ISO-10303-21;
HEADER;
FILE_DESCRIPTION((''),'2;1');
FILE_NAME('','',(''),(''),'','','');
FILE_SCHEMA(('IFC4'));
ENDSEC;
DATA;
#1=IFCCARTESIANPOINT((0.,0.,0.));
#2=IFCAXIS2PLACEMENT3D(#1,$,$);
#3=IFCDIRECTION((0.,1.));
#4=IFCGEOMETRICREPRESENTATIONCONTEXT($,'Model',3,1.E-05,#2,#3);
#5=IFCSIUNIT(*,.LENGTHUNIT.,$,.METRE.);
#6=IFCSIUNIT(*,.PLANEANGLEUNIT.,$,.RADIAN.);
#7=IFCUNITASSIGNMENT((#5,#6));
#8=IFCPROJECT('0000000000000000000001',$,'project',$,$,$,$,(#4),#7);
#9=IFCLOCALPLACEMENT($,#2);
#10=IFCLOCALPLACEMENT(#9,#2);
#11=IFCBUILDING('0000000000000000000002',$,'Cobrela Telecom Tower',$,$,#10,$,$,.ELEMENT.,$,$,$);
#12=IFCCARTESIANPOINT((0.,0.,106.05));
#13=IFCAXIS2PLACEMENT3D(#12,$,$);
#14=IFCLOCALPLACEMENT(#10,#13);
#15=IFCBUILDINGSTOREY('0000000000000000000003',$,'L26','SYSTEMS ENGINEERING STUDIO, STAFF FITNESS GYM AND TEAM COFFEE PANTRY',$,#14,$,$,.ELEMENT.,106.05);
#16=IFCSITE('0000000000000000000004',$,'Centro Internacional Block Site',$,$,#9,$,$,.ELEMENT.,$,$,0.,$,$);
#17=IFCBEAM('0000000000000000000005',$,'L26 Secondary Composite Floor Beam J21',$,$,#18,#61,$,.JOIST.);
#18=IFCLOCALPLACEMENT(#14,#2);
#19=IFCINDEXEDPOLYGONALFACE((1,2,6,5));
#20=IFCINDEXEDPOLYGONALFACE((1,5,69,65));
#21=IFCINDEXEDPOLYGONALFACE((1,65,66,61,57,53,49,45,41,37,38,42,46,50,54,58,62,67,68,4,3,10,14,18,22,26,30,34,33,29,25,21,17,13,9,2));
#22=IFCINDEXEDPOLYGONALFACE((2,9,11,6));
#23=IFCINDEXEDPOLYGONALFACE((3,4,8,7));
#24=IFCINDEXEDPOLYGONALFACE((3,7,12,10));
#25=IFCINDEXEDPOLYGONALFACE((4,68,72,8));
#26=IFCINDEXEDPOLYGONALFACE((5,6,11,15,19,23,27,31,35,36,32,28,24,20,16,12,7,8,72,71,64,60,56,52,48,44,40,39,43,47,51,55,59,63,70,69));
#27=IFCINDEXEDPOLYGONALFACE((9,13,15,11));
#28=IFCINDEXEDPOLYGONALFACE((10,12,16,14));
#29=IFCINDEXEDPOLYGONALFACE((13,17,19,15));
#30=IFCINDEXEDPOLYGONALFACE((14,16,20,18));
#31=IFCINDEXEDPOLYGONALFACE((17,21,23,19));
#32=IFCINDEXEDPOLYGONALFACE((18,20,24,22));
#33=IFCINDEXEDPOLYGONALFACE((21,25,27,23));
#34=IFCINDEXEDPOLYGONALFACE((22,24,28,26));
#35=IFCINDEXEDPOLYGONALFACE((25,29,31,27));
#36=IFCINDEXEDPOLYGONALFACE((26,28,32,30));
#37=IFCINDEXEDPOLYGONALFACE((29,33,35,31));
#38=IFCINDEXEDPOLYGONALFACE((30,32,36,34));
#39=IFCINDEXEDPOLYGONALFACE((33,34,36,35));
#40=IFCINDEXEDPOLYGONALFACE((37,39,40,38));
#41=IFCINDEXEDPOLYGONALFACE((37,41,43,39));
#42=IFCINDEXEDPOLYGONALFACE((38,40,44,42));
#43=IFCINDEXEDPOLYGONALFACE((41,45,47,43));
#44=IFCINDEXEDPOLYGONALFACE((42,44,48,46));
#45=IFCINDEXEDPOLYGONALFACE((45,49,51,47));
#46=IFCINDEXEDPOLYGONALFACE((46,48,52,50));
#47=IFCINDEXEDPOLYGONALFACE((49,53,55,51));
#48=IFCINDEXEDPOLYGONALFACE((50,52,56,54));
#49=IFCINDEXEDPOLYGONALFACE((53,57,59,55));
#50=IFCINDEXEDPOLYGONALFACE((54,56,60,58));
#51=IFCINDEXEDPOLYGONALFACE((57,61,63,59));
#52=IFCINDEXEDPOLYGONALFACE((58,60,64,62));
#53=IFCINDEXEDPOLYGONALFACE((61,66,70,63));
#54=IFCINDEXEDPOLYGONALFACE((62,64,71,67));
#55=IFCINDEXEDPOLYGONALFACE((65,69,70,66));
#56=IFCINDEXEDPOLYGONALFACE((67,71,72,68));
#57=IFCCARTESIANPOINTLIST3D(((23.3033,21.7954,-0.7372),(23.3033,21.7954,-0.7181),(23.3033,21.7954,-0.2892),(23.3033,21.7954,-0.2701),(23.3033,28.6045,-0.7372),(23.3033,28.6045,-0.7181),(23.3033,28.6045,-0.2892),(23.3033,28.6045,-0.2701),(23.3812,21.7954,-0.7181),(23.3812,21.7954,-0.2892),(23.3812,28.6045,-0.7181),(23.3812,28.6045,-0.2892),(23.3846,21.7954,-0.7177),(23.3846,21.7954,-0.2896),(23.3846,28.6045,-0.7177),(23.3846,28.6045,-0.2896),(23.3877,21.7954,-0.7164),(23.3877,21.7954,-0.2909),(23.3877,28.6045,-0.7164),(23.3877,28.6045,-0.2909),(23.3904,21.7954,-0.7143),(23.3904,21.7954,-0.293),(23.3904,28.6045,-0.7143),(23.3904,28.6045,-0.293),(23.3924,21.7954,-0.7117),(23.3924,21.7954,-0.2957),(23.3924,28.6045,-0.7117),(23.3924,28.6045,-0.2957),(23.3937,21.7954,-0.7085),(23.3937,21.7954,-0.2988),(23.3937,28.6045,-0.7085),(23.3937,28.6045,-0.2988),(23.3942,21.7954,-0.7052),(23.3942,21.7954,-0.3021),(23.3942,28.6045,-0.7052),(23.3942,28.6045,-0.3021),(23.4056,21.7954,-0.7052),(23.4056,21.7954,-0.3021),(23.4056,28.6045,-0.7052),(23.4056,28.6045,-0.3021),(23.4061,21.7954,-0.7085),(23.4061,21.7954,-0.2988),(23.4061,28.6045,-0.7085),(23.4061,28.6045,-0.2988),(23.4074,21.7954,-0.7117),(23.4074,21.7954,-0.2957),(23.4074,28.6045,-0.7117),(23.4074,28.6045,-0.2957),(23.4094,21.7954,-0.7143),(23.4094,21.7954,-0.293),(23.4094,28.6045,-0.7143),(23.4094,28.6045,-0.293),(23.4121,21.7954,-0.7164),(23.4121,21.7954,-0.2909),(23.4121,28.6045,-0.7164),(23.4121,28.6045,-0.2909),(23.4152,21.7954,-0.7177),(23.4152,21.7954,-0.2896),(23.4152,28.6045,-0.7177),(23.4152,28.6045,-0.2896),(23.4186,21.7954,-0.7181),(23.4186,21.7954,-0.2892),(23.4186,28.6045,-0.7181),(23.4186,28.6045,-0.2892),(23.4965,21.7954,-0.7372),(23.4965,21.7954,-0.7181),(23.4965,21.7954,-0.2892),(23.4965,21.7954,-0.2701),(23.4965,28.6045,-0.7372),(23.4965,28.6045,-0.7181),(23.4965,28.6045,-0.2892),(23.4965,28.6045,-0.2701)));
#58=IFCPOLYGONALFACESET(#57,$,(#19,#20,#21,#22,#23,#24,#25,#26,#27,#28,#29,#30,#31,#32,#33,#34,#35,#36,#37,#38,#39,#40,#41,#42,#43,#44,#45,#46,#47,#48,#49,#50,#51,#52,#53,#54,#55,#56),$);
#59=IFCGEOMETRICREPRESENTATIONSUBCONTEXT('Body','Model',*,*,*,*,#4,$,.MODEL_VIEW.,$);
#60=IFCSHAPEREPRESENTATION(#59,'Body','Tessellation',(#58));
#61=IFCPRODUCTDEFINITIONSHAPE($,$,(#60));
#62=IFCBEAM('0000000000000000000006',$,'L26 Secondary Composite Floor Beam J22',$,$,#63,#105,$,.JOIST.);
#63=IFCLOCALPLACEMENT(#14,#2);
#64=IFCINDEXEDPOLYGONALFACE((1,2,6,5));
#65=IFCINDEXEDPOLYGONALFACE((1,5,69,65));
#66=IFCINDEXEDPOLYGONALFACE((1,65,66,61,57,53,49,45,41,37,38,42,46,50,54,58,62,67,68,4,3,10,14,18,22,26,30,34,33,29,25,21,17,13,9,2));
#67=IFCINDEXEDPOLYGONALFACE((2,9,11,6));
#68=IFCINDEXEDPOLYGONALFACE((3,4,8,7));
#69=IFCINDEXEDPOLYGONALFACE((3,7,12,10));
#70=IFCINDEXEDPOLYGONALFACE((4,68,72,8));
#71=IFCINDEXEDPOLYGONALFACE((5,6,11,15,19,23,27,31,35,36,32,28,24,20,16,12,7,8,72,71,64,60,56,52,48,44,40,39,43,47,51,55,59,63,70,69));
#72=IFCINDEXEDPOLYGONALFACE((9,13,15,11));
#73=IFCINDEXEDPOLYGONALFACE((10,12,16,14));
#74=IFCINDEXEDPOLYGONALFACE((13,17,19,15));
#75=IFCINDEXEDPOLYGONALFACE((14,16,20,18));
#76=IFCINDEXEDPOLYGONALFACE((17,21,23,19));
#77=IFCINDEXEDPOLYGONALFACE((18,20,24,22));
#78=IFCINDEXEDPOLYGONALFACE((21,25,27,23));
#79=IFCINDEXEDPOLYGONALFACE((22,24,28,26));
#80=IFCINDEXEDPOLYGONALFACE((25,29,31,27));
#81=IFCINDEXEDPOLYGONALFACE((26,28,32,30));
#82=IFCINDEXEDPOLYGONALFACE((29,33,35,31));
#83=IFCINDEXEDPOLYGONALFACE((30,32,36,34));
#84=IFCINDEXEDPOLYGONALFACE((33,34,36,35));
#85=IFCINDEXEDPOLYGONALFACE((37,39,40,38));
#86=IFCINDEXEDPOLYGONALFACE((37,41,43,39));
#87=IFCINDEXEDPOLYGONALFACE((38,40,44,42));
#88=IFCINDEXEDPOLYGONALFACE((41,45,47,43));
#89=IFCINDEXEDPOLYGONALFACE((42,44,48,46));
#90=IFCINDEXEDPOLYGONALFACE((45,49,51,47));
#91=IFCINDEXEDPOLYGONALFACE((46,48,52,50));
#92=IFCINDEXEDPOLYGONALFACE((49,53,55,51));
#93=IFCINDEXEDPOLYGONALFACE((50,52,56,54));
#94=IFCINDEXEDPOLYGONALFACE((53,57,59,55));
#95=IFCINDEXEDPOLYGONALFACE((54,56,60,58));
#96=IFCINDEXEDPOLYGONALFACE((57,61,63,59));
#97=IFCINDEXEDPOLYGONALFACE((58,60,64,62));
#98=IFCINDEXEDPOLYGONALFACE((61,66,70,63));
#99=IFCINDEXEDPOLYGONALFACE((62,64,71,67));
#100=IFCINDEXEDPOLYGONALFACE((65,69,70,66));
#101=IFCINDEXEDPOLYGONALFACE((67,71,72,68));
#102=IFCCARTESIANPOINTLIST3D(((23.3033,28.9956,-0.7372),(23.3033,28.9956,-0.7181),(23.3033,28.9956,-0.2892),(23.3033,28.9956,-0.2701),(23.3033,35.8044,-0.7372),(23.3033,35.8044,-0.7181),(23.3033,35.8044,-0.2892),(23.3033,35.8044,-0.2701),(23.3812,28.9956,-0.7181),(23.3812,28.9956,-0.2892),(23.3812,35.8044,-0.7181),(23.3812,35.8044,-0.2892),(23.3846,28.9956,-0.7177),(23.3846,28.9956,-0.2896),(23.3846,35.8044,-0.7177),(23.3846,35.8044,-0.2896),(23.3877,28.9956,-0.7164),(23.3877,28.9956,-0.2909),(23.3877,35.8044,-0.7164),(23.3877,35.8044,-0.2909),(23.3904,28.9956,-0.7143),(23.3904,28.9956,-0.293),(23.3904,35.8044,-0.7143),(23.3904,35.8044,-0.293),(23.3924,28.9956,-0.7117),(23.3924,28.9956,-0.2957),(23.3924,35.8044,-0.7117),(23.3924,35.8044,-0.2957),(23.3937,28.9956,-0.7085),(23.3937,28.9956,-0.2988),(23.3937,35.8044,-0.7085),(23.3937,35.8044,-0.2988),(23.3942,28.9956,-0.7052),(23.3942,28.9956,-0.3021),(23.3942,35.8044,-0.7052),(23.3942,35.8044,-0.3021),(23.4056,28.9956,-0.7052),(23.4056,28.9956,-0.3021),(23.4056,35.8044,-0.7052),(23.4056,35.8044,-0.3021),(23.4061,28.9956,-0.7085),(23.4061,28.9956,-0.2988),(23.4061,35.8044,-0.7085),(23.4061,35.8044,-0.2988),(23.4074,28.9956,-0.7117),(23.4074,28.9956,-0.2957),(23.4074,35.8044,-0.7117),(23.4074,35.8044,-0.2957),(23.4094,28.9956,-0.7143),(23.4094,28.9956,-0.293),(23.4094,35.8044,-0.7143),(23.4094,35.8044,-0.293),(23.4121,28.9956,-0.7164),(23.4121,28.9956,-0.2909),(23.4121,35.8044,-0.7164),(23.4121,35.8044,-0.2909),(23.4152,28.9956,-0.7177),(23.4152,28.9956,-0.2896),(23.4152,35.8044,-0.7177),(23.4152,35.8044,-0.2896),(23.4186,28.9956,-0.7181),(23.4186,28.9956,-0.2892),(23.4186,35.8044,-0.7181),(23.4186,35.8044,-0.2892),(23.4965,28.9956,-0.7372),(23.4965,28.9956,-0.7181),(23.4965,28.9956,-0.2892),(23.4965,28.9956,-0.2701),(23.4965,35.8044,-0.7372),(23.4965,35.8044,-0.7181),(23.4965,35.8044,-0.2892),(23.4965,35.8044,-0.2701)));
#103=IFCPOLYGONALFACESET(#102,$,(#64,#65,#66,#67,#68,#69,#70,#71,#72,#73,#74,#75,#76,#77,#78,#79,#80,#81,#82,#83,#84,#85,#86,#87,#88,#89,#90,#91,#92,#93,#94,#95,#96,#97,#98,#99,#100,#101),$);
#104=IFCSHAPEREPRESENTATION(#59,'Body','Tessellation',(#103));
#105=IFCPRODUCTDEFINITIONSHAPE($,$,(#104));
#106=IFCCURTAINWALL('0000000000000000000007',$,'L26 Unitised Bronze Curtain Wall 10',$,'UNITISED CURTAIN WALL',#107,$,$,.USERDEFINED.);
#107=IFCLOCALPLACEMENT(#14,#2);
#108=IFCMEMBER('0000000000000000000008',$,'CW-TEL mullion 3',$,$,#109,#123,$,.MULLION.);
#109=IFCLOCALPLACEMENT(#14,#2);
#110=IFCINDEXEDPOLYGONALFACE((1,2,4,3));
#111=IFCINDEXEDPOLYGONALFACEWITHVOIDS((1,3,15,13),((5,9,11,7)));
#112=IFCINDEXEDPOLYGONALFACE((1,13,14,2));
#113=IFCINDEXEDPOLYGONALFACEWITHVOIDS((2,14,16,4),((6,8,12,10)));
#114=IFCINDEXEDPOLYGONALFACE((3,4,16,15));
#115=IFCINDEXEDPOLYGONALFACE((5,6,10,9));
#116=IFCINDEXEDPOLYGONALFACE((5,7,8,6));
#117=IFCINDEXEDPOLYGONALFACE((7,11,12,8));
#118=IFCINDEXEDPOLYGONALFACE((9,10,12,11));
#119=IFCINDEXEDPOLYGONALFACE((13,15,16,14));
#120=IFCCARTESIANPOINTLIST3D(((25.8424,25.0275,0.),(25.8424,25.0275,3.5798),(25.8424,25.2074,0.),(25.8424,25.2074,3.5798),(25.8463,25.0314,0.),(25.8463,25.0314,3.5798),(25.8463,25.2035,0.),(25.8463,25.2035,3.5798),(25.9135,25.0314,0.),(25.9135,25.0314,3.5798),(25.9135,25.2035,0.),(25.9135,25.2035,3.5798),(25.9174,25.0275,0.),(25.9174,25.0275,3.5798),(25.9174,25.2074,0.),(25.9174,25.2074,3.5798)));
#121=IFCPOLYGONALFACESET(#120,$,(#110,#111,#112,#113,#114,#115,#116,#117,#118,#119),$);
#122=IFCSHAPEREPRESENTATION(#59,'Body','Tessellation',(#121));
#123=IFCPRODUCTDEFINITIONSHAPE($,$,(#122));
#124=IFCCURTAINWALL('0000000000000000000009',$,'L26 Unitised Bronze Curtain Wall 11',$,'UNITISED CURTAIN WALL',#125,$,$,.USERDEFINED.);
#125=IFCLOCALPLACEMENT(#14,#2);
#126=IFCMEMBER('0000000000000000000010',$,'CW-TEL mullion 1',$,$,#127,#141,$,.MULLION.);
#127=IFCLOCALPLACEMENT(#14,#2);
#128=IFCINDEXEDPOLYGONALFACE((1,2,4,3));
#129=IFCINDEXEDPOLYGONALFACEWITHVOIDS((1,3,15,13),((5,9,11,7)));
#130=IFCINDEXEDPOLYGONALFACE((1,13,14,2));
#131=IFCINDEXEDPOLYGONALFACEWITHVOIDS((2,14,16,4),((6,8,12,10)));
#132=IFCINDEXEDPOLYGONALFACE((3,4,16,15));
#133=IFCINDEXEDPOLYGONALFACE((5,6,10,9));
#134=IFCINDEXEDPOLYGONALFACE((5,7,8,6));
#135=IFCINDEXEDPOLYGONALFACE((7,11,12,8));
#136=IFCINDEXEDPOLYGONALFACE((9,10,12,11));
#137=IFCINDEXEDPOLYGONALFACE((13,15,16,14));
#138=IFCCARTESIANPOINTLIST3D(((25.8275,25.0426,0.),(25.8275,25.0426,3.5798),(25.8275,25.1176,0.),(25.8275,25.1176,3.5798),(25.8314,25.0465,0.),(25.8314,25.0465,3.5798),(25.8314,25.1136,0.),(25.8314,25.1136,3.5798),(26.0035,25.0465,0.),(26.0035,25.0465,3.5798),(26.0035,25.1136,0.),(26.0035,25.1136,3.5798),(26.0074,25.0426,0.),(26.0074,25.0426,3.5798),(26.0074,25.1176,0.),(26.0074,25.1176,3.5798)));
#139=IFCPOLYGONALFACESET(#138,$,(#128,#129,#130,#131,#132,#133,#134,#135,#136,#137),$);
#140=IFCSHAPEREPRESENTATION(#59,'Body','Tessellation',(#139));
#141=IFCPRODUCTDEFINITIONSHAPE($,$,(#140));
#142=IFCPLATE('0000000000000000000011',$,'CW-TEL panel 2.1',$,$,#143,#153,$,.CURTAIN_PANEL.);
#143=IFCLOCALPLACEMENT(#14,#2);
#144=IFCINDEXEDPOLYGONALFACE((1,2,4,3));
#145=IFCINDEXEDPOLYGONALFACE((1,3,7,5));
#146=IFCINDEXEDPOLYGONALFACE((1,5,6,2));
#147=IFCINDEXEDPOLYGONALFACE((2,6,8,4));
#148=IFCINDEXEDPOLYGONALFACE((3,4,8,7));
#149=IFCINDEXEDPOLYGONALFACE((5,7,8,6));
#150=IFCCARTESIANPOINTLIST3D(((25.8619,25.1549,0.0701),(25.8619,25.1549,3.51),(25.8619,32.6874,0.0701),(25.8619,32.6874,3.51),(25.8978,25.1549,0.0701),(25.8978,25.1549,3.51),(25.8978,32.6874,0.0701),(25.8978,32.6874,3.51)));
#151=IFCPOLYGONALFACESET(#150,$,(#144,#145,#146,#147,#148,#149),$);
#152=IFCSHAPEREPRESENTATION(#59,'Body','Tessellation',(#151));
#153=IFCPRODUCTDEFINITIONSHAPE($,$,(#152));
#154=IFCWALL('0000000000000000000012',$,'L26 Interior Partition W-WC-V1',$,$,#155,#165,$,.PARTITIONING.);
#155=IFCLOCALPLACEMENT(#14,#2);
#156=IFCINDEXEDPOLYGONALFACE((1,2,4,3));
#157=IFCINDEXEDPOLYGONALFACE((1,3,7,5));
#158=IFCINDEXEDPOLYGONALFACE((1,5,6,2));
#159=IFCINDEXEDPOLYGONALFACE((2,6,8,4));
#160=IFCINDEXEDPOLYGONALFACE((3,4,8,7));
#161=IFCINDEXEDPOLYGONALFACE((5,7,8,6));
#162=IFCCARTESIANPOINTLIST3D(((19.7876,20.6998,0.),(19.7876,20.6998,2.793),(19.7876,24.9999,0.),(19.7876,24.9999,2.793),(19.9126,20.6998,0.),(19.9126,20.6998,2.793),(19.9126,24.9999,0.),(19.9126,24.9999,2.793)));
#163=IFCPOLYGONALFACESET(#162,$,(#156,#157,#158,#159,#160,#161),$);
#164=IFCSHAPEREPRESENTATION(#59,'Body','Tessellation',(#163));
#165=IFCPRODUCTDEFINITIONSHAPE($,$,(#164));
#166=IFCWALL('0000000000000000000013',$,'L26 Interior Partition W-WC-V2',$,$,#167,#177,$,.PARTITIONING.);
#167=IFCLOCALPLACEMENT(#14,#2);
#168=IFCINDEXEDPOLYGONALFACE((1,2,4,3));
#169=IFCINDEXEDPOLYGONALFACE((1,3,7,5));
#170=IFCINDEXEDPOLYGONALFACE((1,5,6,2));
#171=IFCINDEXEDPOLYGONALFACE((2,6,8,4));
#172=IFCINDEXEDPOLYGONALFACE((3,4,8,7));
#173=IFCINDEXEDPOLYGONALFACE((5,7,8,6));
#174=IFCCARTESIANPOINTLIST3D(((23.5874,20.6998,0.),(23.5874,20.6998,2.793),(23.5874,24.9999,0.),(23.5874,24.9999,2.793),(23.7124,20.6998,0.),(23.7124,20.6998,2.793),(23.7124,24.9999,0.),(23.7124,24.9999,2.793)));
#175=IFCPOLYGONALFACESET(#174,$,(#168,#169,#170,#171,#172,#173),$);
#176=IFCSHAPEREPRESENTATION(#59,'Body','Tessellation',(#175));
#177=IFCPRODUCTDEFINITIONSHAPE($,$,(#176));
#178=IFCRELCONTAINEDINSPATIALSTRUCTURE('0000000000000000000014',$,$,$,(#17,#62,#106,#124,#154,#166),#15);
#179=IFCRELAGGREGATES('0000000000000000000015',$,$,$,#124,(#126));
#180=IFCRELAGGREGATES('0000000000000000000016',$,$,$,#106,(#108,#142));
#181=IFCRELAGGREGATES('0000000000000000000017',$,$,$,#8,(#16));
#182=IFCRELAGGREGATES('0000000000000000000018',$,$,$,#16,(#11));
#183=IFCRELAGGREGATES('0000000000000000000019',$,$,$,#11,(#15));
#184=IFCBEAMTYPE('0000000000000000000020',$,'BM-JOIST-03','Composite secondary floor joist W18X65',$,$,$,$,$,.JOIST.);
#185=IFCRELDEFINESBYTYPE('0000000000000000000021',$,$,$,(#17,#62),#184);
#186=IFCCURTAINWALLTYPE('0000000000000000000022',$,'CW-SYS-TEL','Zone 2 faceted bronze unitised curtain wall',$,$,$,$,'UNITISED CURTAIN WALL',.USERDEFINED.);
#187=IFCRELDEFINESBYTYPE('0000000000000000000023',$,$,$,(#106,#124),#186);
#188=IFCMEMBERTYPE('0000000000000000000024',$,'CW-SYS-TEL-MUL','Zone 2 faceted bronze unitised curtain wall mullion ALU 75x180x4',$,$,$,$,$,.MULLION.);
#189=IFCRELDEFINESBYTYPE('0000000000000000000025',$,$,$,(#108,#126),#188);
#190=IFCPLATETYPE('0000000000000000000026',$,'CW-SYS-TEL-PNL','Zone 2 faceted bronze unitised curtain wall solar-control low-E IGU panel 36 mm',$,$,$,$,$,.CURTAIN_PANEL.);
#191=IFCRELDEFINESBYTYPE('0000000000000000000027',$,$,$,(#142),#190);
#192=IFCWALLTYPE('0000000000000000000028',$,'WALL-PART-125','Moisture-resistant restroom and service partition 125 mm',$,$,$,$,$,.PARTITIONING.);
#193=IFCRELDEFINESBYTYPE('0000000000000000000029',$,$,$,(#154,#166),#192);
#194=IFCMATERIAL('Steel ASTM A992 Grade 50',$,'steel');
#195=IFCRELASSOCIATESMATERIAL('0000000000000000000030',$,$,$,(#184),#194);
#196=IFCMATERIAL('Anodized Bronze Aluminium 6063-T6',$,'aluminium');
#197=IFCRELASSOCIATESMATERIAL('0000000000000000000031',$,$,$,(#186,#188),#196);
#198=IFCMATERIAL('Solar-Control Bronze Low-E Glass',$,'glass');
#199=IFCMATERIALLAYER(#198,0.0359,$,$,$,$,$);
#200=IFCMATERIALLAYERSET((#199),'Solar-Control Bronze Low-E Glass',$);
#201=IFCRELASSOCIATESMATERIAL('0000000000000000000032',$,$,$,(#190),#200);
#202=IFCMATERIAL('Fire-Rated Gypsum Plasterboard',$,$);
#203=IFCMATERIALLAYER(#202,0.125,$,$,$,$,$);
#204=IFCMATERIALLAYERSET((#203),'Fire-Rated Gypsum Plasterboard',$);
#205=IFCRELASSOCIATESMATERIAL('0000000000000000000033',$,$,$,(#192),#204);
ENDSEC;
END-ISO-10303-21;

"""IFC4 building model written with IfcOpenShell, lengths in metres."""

from ifc_helpers import new_model, si_unit, direction, frame, frame_2d, origin, origin_2d, place, context, subcontext, project, spatial, rectangle, hollow_rectangle, i_section, extrude, material, layer, layer_set, material_profile, profile_set, type_object, element, aggregate, save


model = new_model("IFC4")

# Units and contexts
model_context = context("Model", 3, precision=1e-05, world=origin(), true_north=direction((0.0, 1.0)))
body_context = subcontext(model_context, "Body", "Model", "MODEL_VIEW")
ifc_project = project(units=[si_unit("LENGTHUNIT", "METRE"), si_unit("PLANEANGLEUNIT", "RADIAN")], contexts=[model_context])

# Site, building, storey
site_placement = place(None, origin())
site = spatial("IfcSite", under=ifc_project, at=site_placement, Name="Centro Internacional Block Site", CompositionType="ELEMENT", RefElevation=0.0)
building_placement = place(site_placement, origin())
building = spatial("IfcBuilding", under=site, at=building_placement, Name="Cobrela Telecom Tower", CompositionType="ELEMENT")
storey_placement = place(building_placement, frame((0.0, 0.0, 106.05)))
storey = spatial("IfcBuildingStorey", under=building, at=storey_placement, Name="L26", Description="SYSTEMS ENGINEERING STUDIO, STAFF FITNESS GYM AND TEAM COFFEE PANTRY", CompositionType="ELEMENT", Elevation=106.05)

# Shared definitions
ifc_material_1 = material(Name="Steel ASTM A992 Grade 50", Category="steel")

# Beams
ifc_material_profile_1 = material_profile(ifc_material_1, i_section(OverallWidth=0.1931, OverallDepth=0.467, WebThickness=0.0115, FlangeThickness=0.019, FilletRadius=0.0129, at=origin_2d()), Name="W18X65")
ifc_profile_set_1 = profile_set([ifc_material_profile_1], Name="Steel ASTM A992 Grade 50")
beam_type_1 = type_object("IfcBeamType", Name="BM-JOIST-03", Description="Composite secondary floor joist W18X65", PredefinedType="JOIST", material=ifc_profile_set_1)
beam_1_placement = place(storey_placement, frame((23.3999, 21.7954, -0.5037), z_axis=(0.0, 1.0, 0.0), x_axis=(-1.0, 0.0, 0.0)))
element("IfcBeam", 1, at=beam_1_placement, inside=storey, type_object=beam_type_1, Name="L26 Secondary Composite Floor Beam J21", PredefinedType="JOIST", context=body_context, shape_type="SweptSolid", body=[
    extrude(i_section(OverallWidth=0.1931, OverallDepth=0.467, WebThickness=0.0115, FlangeThickness=0.019, FilletRadius=0.0129, at=origin_2d()), origin(), (0.0, 0.0, 1.0), 6.8091),
])
beam_2_placement = place(storey_placement, frame((23.3999, 28.9956, -0.5037), z_axis=(0.0, 1.0, 0.0), x_axis=(-1.0, 0.0, 0.0)))
element("IfcBeam", 2, at=beam_2_placement, inside=storey, type_object=beam_type_1, Name="L26 Secondary Composite Floor Beam J22", PredefinedType="JOIST", context=body_context, shape_type="SweptSolid", body=[
    extrude(i_section(OverallWidth=0.1931, OverallDepth=0.467, WebThickness=0.0115, FlangeThickness=0.019, FilletRadius=0.0129, at=origin_2d()), origin(), (0.0, 0.0, 1.0), 6.8088),
])

# Curtain walls, members
ifc_material_2 = material(Name="Anodized Bronze Aluminium 6063-T6", Category="aluminium")
curtain_wall_type = type_object("IfcCurtainWallType", Name="CW-SYS-TEL", Description="Zone 2 faceted bronze unitised curtain wall", ElementType="UNITISED CURTAIN WALL", PredefinedType="USERDEFINED", material=ifc_material_2)
curtain_wall_1_placement = place(storey_placement, origin())
curtain_wall_1 = element("IfcCurtainWall", 3, at=curtain_wall_1_placement, inside=storey, type_object=curtain_wall_type, Name="L26 Unitised Bronze Curtain Wall 10", ObjectType="UNITISED CURTAIN WALL", PredefinedType="USERDEFINED")
ifc_material_profile_2 = material_profile(ifc_material_2, hollow_rectangle(XDim=0.075, YDim=0.1799, WallThickness=0.0039, at=origin_2d()), Name="ALU 75x180x4")
ifc_profile_set_2 = profile_set([ifc_material_profile_2], Name="Anodized Bronze Aluminium 6063-T6")
member_type = type_object("IfcMemberType", Name="CW-SYS-TEL-MUL", Description="Zone 2 faceted bronze unitised curtain wall mullion ALU 75x180x4", PredefinedType="MULLION", material=ifc_profile_set_2)
member_1_placement = place(storey_placement, frame((25.8799, 25.1174, 0.0), z_axis=(0.0, 0.0, 1.0), x_axis=(1.0, 0.0, 0.0)))
member_1 = element("IfcMember", 4, at=member_1_placement, type_object=member_type, Name="CW-TEL mullion 3", PredefinedType="MULLION", context=body_context, shape_type="SweptSolid", body=[
    extrude(hollow_rectangle(XDim=0.075, YDim=0.1799, WallThickness=0.0039, at=origin_2d()), origin(), (0.0, 0.0, 1.0), 3.5798),
])
curtain_wall_2_placement = place(storey_placement, origin())
curtain_wall_2 = element("IfcCurtainWall", 5, at=curtain_wall_2_placement, inside=storey, type_object=curtain_wall_type, Name="L26 Unitised Bronze Curtain Wall 11", ObjectType="UNITISED CURTAIN WALL", PredefinedType="USERDEFINED")
member_2_placement = place(storey_placement, frame((25.9175, 25.0801, 0.0), z_axis=(0.0, 0.0, 1.0), x_axis=(0.0, 1.0, 0.0)))
member_2 = element("IfcMember", 6, at=member_2_placement, type_object=member_type, Name="CW-TEL mullion 1", PredefinedType="MULLION", context=body_context, shape_type="SweptSolid", body=[
    extrude(hollow_rectangle(XDim=0.075, YDim=0.1799, WallThickness=0.0039, at=origin_2d()), origin(), (0.0, 0.0, 1.0), 3.5798),
])
aggregate(curtain_wall_2, [member_2])

# Plate
ifc_material_3 = material(Name="Solar-Control Bronze Low-E Glass", Category="glass")
ifc_layer_1 = layer(ifc_material_3, 0.0359)
ifc_layer_set_1 = layer_set([ifc_layer_1], Name="Solar-Control Bronze Low-E Glass")
plate_type = type_object("IfcPlateType", Name="CW-SYS-TEL-PNL", Description="Zone 2 faceted bronze unitised curtain wall solar-control low-E IGU panel 36 mm", PredefinedType="CURTAIN_PANEL", material=ifc_layer_set_1)
plate_placement = place(storey_placement, frame((25.8799, 28.9211, 0.0701), z_axis=(0.0, 0.0, 1.0), x_axis=(0.0, -1.0, 0.0)))
plate = element("IfcPlate", 7, at=plate_placement, type_object=plate_type, Name="CW-TEL panel 2.1", PredefinedType="CURTAIN_PANEL", context=body_context, shape_type="SweptSolid", body=[
    extrude(rectangle(XDim=7.5325, YDim=0.0359, at=origin_2d()), origin(), (0.0, 0.0, 1.0), 3.4399),
])
aggregate(curtain_wall_1, [member_1, plate])

# Walls
ifc_material_4 = material(Name="Fire-Rated Gypsum Plasterboard")
ifc_layer_2 = layer(ifc_material_4, 0.125)
ifc_layer_set_2 = layer_set([ifc_layer_2], Name="Fire-Rated Gypsum Plasterboard")
wall_type = type_object("IfcWallType", Name="WALL-PART-125", Description="Moisture-resistant restroom and service partition 125 mm", PredefinedType="PARTITIONING", material=ifc_layer_set_2)
for number, where, z_axis, x_axis, name in (
    (8, (19.8501, 20.7, 0.0), (0.0, 0.0, 1.0), (0.0, 1.0, 0.0), "L26 Interior Partition W-WC-V1"),
    (9, (23.6499, 20.7, 0.0), (0.0, 0.0, 1.0), (0.0, 1.0, 0.0), "L26 Interior Partition W-WC-V2"),
):
    element("IfcWall", number, at=place(storey_placement, frame(where, z_axis=z_axis, x_axis=x_axis)), inside=storey, type_object=wall_type, Name=name, PredefinedType="PARTITIONING", context=body_context, shape_type="SweptSolid", body=[
        extrude(rectangle(XDim=4.3, YDim=0.125, at=frame_2d((2.1499, 0.0))), origin(), (0.0, 0.0, 1.0), 2.793),
    ])

save(model, "model.ifc")
